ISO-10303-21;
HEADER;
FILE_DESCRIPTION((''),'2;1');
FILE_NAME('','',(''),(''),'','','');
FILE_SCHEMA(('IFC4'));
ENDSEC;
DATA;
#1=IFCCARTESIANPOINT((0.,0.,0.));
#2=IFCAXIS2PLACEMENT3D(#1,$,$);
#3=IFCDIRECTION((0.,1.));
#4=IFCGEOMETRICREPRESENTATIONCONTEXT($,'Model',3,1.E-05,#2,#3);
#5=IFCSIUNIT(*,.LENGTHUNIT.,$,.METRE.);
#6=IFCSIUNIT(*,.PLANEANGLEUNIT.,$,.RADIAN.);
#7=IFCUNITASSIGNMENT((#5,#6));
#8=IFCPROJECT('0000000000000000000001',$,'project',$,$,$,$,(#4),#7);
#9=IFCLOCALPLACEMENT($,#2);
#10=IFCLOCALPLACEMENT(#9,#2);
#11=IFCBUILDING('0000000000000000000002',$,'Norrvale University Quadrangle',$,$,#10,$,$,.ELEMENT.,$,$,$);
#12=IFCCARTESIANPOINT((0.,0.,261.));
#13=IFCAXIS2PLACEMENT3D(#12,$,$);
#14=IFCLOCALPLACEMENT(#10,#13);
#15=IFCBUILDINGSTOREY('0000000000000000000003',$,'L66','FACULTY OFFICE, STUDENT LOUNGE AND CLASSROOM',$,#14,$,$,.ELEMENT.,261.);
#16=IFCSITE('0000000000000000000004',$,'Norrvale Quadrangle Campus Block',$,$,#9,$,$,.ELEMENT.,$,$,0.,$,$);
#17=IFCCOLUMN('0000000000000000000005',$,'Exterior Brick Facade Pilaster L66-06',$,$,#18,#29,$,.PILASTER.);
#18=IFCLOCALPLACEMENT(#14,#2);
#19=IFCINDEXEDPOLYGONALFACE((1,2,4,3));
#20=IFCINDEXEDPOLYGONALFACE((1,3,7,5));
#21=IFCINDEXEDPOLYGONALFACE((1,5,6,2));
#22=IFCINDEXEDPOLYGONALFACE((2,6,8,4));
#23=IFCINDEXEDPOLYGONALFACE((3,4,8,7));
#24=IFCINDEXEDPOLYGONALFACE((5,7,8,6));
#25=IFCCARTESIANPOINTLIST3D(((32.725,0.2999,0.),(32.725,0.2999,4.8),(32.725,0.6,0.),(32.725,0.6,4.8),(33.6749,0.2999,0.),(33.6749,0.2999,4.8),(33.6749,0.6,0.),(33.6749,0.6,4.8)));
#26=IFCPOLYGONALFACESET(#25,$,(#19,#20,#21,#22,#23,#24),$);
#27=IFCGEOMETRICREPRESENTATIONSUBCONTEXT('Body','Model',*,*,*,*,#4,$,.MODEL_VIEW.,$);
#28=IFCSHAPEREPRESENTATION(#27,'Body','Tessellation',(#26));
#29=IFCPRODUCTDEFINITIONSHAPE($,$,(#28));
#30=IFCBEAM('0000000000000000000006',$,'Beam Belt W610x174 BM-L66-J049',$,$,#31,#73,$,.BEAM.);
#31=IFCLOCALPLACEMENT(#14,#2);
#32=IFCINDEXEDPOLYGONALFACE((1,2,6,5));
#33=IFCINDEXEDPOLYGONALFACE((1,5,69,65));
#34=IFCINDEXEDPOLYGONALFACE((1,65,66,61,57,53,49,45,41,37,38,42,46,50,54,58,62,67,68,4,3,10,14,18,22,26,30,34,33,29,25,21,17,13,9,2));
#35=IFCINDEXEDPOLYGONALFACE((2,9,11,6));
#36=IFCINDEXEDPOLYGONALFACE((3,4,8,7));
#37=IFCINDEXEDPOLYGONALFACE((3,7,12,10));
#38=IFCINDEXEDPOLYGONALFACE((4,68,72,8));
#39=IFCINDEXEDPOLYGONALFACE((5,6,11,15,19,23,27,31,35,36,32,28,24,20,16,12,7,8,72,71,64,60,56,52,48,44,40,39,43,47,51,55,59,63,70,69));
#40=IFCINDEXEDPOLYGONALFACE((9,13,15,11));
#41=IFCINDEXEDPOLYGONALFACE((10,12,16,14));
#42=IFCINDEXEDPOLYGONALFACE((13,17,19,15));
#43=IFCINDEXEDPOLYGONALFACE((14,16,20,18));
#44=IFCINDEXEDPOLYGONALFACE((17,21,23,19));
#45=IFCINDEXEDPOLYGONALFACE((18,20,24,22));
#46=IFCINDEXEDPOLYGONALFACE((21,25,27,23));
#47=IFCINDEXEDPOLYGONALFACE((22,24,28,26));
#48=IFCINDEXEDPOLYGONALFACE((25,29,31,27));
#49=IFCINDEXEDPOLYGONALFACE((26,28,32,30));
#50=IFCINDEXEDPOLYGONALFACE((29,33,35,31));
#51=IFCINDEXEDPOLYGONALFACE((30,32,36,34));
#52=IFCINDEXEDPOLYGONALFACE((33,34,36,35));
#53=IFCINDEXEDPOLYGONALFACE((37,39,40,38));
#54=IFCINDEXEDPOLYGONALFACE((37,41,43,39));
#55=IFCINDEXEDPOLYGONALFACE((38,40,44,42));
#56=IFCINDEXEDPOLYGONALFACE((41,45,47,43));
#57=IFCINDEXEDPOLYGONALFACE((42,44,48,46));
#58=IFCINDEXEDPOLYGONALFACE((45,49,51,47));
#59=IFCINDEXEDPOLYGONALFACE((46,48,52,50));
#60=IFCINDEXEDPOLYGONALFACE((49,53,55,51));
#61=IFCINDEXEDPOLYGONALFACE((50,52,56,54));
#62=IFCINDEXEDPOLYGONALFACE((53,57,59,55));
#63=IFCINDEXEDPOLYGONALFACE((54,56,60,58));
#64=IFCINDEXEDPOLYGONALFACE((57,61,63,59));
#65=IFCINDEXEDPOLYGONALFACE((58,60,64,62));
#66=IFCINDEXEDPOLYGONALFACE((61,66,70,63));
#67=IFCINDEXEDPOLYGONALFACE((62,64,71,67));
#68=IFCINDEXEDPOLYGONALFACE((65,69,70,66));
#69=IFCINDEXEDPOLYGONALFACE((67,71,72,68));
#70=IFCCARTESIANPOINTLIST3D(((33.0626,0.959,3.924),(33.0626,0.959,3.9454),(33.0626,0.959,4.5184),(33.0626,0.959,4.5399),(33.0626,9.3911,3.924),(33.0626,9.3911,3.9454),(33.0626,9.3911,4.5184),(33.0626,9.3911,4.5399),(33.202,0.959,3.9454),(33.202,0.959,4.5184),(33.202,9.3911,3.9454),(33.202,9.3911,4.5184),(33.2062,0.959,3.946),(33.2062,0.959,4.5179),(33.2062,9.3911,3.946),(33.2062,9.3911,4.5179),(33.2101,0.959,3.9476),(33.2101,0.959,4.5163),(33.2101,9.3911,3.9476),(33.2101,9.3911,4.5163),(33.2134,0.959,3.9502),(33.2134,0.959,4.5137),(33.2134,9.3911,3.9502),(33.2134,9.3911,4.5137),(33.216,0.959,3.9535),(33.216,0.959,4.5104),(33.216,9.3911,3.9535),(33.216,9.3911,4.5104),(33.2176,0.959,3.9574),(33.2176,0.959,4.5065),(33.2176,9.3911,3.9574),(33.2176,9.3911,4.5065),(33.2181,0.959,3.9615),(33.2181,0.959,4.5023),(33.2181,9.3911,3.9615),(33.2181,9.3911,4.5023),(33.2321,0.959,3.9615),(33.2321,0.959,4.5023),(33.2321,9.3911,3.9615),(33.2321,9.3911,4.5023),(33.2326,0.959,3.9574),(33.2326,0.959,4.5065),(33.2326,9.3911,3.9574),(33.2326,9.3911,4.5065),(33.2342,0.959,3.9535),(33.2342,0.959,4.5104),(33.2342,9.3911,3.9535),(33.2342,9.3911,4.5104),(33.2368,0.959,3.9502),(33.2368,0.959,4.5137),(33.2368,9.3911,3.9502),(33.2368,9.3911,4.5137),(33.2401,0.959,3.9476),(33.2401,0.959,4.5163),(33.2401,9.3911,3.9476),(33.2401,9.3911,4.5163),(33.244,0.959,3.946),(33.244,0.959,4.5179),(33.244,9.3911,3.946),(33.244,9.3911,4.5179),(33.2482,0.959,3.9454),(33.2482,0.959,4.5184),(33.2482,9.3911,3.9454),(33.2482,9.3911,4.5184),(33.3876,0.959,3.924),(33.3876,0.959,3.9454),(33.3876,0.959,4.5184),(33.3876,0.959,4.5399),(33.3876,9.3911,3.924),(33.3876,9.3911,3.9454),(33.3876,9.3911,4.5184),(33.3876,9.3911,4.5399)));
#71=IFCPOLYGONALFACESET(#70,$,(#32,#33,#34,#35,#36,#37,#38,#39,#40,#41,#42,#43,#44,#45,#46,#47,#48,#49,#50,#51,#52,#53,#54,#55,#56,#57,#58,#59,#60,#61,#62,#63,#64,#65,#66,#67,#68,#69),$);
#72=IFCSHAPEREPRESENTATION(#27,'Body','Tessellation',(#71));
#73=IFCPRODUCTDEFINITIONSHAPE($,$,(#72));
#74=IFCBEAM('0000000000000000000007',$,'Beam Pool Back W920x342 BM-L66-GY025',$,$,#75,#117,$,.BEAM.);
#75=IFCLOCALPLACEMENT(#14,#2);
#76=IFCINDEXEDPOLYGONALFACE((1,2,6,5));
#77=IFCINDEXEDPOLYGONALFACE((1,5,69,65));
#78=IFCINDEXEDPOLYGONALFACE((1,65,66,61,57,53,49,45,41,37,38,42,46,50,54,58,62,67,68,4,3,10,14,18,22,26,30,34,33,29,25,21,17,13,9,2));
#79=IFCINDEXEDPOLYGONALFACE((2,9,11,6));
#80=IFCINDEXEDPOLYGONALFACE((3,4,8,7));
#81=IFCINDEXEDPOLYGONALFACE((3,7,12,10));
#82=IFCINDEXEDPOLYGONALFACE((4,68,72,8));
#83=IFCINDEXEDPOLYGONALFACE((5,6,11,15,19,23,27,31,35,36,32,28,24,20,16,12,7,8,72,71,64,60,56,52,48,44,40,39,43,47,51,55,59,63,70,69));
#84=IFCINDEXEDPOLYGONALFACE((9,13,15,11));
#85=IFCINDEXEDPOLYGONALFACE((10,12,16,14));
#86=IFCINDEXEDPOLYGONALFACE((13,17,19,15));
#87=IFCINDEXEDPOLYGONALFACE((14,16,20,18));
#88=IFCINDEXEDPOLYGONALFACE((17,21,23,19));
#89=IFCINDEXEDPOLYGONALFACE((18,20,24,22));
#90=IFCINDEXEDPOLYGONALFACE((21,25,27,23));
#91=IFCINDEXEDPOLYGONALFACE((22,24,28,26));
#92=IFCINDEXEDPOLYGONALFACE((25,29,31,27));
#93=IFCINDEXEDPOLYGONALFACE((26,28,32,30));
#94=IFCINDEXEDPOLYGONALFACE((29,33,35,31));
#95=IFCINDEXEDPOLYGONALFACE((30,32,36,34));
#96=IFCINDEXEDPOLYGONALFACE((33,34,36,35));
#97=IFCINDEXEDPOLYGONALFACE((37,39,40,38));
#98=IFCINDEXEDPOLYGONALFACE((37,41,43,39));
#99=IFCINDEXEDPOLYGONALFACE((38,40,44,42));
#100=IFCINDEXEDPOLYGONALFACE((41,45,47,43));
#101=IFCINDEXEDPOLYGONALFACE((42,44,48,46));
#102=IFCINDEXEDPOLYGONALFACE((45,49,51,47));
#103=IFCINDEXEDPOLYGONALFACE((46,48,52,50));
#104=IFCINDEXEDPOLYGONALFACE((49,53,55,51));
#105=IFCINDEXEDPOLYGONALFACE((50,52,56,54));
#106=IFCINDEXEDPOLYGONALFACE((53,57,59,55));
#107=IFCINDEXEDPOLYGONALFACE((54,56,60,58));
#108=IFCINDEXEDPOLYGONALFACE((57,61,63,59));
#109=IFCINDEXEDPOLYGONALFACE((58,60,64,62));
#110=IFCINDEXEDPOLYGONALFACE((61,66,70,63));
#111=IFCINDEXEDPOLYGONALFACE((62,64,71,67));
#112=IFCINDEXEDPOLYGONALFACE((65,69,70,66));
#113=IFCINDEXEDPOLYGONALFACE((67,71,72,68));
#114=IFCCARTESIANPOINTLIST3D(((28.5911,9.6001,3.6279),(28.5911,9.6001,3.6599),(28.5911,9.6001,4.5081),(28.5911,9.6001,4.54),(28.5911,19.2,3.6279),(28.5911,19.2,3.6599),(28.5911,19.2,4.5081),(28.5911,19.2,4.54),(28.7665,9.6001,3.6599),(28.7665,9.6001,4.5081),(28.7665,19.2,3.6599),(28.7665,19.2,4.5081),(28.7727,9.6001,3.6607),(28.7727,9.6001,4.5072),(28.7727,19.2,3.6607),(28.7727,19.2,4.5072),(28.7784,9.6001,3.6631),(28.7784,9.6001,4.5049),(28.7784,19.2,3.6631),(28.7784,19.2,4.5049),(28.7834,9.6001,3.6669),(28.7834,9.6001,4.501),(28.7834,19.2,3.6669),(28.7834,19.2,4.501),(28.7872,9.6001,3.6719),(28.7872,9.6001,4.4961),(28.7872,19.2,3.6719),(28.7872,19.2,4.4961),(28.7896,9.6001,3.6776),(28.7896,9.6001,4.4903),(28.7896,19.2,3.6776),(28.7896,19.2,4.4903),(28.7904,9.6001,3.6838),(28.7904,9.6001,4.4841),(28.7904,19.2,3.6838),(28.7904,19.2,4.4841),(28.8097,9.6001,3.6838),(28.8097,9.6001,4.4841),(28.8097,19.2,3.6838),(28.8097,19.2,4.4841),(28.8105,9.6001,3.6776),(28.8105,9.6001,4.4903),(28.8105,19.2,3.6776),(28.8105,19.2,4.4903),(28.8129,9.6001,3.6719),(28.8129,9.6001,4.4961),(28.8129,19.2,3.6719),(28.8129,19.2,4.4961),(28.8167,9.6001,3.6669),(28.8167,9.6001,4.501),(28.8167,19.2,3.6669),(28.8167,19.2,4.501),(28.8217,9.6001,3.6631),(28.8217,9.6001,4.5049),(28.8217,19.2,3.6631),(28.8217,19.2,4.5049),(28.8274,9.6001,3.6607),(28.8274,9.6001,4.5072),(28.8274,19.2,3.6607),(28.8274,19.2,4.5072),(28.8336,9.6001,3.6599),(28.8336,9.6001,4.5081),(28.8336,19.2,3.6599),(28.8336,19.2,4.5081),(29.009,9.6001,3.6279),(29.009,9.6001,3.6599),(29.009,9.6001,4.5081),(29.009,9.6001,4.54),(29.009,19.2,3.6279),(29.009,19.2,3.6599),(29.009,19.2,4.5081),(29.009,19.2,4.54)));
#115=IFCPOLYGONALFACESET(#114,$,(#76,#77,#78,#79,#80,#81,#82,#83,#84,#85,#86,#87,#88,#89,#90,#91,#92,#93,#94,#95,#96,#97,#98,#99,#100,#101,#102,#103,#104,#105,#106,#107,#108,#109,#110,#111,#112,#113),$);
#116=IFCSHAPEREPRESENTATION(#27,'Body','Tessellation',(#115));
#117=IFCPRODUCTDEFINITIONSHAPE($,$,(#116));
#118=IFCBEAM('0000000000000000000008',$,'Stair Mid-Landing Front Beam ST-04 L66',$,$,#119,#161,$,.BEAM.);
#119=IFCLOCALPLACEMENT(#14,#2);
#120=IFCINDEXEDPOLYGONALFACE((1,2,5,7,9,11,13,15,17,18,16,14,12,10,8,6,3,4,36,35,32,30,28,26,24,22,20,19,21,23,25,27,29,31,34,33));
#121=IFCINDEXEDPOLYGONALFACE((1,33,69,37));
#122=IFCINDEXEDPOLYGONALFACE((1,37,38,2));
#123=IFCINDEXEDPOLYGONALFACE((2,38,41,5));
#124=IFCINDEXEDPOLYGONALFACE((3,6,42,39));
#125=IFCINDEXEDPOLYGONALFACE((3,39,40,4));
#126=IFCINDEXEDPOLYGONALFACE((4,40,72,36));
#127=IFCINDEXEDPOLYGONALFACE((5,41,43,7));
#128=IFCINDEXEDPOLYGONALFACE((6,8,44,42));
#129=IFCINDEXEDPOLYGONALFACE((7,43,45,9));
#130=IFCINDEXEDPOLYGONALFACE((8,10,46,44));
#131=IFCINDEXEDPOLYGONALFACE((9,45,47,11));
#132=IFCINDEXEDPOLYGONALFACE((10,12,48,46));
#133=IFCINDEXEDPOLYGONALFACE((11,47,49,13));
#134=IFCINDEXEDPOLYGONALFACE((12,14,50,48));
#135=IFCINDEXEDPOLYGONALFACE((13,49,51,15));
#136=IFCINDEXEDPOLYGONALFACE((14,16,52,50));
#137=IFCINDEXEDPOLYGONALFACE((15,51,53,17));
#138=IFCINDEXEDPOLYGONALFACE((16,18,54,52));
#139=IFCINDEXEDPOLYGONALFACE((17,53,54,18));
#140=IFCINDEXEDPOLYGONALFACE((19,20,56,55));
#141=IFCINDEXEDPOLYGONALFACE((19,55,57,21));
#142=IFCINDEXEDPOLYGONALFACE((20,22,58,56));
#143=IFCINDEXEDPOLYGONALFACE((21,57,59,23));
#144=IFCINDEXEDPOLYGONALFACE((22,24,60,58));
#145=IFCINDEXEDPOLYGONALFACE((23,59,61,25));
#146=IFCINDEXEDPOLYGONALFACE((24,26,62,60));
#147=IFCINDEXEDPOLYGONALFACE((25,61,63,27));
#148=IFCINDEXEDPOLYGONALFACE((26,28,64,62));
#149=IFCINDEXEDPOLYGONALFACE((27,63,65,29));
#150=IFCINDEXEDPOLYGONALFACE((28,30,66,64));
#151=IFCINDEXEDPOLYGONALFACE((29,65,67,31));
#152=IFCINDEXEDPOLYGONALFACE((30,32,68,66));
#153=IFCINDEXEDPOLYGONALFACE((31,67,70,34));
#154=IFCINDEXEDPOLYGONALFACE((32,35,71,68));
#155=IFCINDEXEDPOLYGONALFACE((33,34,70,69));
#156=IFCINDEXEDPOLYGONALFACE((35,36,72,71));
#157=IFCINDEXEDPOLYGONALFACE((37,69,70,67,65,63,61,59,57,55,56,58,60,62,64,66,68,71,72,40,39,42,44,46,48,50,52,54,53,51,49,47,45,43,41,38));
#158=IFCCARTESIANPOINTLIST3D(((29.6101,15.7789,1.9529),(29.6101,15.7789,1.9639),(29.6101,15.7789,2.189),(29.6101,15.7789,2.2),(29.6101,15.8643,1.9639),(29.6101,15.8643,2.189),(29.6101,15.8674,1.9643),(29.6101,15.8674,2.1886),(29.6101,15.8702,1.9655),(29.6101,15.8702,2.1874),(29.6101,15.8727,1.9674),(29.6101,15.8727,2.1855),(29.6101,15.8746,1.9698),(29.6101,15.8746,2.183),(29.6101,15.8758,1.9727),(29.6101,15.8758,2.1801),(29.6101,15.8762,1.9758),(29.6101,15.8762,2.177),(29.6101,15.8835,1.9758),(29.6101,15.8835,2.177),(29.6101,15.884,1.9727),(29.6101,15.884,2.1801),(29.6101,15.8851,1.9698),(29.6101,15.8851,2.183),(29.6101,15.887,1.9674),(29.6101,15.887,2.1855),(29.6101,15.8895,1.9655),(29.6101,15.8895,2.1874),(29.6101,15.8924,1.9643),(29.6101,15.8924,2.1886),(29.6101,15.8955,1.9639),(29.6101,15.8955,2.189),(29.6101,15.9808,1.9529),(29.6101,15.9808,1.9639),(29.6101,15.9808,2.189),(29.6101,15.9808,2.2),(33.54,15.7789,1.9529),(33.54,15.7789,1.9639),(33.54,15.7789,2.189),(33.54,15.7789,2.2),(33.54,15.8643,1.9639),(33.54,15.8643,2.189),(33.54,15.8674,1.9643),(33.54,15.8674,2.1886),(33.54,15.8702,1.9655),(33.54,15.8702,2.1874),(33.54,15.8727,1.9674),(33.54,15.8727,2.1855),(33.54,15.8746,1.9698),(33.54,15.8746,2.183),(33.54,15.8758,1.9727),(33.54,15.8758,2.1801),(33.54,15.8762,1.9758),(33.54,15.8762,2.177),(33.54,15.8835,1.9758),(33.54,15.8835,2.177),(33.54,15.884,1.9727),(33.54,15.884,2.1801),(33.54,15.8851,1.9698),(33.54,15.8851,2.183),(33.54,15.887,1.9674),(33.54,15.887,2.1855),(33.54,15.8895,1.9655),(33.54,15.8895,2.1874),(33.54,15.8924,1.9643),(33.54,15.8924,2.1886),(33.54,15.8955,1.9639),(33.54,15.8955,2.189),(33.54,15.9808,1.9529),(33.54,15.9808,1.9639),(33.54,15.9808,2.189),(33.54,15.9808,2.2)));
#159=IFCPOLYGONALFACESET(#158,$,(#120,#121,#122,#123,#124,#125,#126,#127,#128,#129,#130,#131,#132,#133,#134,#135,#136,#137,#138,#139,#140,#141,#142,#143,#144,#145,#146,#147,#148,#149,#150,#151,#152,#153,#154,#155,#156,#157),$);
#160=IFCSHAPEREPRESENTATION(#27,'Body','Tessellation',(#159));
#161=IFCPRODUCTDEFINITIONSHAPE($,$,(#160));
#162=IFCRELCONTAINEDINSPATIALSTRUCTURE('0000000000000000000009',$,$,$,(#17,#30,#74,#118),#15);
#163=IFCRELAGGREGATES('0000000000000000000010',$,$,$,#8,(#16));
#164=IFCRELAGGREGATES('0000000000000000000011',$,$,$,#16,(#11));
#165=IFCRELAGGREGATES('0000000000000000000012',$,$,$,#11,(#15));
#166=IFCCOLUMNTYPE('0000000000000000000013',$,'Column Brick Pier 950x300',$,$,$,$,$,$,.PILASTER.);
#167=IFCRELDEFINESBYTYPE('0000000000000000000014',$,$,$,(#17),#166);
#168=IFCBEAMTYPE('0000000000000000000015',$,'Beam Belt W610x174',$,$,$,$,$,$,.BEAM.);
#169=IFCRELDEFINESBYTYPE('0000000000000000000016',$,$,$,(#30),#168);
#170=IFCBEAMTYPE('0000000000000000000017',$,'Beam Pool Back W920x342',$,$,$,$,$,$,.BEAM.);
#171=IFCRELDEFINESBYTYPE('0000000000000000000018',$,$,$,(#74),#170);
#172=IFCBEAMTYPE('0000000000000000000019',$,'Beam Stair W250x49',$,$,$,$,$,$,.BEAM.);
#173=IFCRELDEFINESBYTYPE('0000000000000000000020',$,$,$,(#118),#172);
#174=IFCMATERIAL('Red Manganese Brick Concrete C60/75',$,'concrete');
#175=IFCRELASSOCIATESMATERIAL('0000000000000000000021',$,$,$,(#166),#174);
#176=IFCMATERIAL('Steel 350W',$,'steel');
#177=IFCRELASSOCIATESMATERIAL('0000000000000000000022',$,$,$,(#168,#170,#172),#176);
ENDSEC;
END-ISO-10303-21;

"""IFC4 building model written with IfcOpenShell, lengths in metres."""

from ifc_helpers import new_model, si_unit, direction, frame, origin, origin_2d, place, context, subcontext, project, spatial, rectangle, i_section, extrude, material, material_profile, profile_set, type_object, element, save


model = new_model("IFC4")

# Units and contexts
model_context = context("Model", 3, precision=1e-05, world=origin(), true_north=direction((0.0, 1.0)))
body_context = subcontext(model_context, "Body", "Model", "MODEL_VIEW")
ifc_project = project(units=[si_unit("LENGTHUNIT", "METRE"), si_unit("PLANEANGLEUNIT", "RADIAN")], contexts=[model_context])

# Site, building, storey
site_placement = place(None, origin())
site = spatial("IfcSite", under=ifc_project, at=site_placement, Name="Norrvale Quadrangle Campus Block", CompositionType="ELEMENT", RefElevation=0.0)
building_placement = place(site_placement, origin())
building = spatial("IfcBuilding", under=site, at=building_placement, Name="Norrvale University Quadrangle", CompositionType="ELEMENT")
storey_placement = place(building_placement, frame((0.0, 0.0, 261.0)))
storey = spatial("IfcBuildingStorey", under=building, at=storey_placement, Name="L66", Description="FACULTY OFFICE, STUDENT LOUNGE AND CLASSROOM", CompositionType="ELEMENT", Elevation=261.0)

# Column
ifc_material_1 = material(Name="Red Manganese Brick Concrete C60/75", Category="concrete")
ifc_material_profile_1 = material_profile(ifc_material_1, rectangle(XDim=0.95, YDim=0.3, at=origin_2d()), Name="Red Manganese Brick Concrete C60/75")
ifc_profile_set_1 = profile_set([ifc_material_profile_1], Name="Red Manganese Brick Concrete C60/75")
column_type = type_object("IfcColumnType", Name="Column Brick Pier 950x300", PredefinedType="PILASTER", material=ifc_profile_set_1)
column_placement = place(storey_placement, frame((33.2, 0.45, 0.0), z_axis=(0.0, 0.0, 1.0), x_axis=(1.0, 0.0, 0.0)))
element("IfcColumn", 1, at=column_placement, inside=storey, type_object=column_type, Name="Exterior Brick Facade Pilaster L66-06", PredefinedType="PILASTER", context=body_context, shape_type="SweptSolid", body=[
    extrude(rectangle(XDim=0.95, YDim=0.3, at=origin_2d()), origin(), (0.0, 0.0, 1.0), 4.8),
])

# Beams
ifc_material_2 = material(Name="Steel 350W", Category="steel")
ifc_material_profile_2 = material_profile(ifc_material_2, i_section(OverallWidth=0.325, OverallDepth=0.616, WebThickness=0.0139, FlangeThickness=0.0215, FilletRadius=0.0161, at=origin_2d()), Name="Steel 350W")
ifc_profile_set_2 = profile_set([ifc_material_profile_2], Name="Steel 350W")
beam_type_1 = type_object("IfcBeamType", Name="Beam Belt W610x174", PredefinedType="BEAM", material=ifc_profile_set_2)
beam_1_placement = place(storey_placement, frame((33.2251, 0.959, 4.2319), z_axis=(0.0, 1.0, 0.0), x_axis=(-1.0, 0.0, 0.0)))
element("IfcBeam", 2, at=beam_1_placement, inside=storey, type_object=beam_type_1, Name="Beam Belt W610x174 BM-L66-J049", PredefinedType="BEAM", context=body_context, shape_type="SweptSolid", body=[
    extrude(i_section(OverallWidth=0.325, OverallDepth=0.616, WebThickness=0.0139, FlangeThickness=0.0215, FilletRadius=0.0161, at=origin_2d()), origin(), (0.0, 0.0, 1.0), 8.4321),
])
ifc_material_profile_3 = material_profile(ifc_material_2, i_section(OverallWidth=0.418, OverallDepth=0.9121, WebThickness=0.0193, FlangeThickness=0.032, FilletRadius=0.0239, at=origin_2d()), Name="Steel 350W")
ifc_profile_set_3 = profile_set([ifc_material_profile_3], Name="Steel 350W")
beam_type_2 = type_object("IfcBeamType", Name="Beam Pool Back W920x342", PredefinedType="BEAM", material=ifc_profile_set_3)
beam_2_placement = place(storey_placement, frame((28.8, 9.6001, 4.084), z_axis=(0.0, 1.0, 0.0), x_axis=(-1.0, 0.0, 0.0)))
element("IfcBeam", 3, at=beam_2_placement, inside=storey, type_object=beam_type_2, Name="Beam Pool Back W920x342 BM-L66-GY025", PredefinedType="BEAM", context=body_context, shape_type="SweptSolid", body=[
    extrude(i_section(OverallWidth=0.418, OverallDepth=0.9121, WebThickness=0.0193, FlangeThickness=0.032, FilletRadius=0.0239, at=origin_2d()), origin(), (0.0, 0.0, 1.0), 9.5999),
])
ifc_material_profile_4 = material_profile(ifc_material_2, i_section(OverallWidth=0.2019, OverallDepth=0.2471, WebThickness=0.0073, FlangeThickness=0.011, FilletRadius=0.012, at=origin_2d()), Name="Steel 350W")
ifc_profile_set_4 = profile_set([ifc_material_profile_4], Name="Steel 350W")
beam_type_3 = type_object("IfcBeamType", Name="Beam Stair W250x49", PredefinedType="BEAM", material=ifc_profile_set_4)
for number, where, z_axis, x_axis, name in (
    (4, (29.6101, 15.8799, 2.0764), (1.0, 0.0, 0.0), (0.0, 1.0, 0.0), "Stair Mid-Landing Front Beam ST-04 L66"),
):
    element("IfcBeam", number, at=place(storey_placement, frame(where, z_axis=z_axis, x_axis=x_axis)), inside=storey, type_object=beam_type_3, Name=name, PredefinedType="BEAM", context=body_context, shape_type="SweptSolid", body=[
        extrude(i_section(OverallWidth=0.2019, OverallDepth=0.2471, WebThickness=0.0073, FlangeThickness=0.011, FilletRadius=0.012, at=origin_2d()), origin(), (0.0, 0.0, 1.0), 3.9299),
    ])

save(model, "model.ifc")
